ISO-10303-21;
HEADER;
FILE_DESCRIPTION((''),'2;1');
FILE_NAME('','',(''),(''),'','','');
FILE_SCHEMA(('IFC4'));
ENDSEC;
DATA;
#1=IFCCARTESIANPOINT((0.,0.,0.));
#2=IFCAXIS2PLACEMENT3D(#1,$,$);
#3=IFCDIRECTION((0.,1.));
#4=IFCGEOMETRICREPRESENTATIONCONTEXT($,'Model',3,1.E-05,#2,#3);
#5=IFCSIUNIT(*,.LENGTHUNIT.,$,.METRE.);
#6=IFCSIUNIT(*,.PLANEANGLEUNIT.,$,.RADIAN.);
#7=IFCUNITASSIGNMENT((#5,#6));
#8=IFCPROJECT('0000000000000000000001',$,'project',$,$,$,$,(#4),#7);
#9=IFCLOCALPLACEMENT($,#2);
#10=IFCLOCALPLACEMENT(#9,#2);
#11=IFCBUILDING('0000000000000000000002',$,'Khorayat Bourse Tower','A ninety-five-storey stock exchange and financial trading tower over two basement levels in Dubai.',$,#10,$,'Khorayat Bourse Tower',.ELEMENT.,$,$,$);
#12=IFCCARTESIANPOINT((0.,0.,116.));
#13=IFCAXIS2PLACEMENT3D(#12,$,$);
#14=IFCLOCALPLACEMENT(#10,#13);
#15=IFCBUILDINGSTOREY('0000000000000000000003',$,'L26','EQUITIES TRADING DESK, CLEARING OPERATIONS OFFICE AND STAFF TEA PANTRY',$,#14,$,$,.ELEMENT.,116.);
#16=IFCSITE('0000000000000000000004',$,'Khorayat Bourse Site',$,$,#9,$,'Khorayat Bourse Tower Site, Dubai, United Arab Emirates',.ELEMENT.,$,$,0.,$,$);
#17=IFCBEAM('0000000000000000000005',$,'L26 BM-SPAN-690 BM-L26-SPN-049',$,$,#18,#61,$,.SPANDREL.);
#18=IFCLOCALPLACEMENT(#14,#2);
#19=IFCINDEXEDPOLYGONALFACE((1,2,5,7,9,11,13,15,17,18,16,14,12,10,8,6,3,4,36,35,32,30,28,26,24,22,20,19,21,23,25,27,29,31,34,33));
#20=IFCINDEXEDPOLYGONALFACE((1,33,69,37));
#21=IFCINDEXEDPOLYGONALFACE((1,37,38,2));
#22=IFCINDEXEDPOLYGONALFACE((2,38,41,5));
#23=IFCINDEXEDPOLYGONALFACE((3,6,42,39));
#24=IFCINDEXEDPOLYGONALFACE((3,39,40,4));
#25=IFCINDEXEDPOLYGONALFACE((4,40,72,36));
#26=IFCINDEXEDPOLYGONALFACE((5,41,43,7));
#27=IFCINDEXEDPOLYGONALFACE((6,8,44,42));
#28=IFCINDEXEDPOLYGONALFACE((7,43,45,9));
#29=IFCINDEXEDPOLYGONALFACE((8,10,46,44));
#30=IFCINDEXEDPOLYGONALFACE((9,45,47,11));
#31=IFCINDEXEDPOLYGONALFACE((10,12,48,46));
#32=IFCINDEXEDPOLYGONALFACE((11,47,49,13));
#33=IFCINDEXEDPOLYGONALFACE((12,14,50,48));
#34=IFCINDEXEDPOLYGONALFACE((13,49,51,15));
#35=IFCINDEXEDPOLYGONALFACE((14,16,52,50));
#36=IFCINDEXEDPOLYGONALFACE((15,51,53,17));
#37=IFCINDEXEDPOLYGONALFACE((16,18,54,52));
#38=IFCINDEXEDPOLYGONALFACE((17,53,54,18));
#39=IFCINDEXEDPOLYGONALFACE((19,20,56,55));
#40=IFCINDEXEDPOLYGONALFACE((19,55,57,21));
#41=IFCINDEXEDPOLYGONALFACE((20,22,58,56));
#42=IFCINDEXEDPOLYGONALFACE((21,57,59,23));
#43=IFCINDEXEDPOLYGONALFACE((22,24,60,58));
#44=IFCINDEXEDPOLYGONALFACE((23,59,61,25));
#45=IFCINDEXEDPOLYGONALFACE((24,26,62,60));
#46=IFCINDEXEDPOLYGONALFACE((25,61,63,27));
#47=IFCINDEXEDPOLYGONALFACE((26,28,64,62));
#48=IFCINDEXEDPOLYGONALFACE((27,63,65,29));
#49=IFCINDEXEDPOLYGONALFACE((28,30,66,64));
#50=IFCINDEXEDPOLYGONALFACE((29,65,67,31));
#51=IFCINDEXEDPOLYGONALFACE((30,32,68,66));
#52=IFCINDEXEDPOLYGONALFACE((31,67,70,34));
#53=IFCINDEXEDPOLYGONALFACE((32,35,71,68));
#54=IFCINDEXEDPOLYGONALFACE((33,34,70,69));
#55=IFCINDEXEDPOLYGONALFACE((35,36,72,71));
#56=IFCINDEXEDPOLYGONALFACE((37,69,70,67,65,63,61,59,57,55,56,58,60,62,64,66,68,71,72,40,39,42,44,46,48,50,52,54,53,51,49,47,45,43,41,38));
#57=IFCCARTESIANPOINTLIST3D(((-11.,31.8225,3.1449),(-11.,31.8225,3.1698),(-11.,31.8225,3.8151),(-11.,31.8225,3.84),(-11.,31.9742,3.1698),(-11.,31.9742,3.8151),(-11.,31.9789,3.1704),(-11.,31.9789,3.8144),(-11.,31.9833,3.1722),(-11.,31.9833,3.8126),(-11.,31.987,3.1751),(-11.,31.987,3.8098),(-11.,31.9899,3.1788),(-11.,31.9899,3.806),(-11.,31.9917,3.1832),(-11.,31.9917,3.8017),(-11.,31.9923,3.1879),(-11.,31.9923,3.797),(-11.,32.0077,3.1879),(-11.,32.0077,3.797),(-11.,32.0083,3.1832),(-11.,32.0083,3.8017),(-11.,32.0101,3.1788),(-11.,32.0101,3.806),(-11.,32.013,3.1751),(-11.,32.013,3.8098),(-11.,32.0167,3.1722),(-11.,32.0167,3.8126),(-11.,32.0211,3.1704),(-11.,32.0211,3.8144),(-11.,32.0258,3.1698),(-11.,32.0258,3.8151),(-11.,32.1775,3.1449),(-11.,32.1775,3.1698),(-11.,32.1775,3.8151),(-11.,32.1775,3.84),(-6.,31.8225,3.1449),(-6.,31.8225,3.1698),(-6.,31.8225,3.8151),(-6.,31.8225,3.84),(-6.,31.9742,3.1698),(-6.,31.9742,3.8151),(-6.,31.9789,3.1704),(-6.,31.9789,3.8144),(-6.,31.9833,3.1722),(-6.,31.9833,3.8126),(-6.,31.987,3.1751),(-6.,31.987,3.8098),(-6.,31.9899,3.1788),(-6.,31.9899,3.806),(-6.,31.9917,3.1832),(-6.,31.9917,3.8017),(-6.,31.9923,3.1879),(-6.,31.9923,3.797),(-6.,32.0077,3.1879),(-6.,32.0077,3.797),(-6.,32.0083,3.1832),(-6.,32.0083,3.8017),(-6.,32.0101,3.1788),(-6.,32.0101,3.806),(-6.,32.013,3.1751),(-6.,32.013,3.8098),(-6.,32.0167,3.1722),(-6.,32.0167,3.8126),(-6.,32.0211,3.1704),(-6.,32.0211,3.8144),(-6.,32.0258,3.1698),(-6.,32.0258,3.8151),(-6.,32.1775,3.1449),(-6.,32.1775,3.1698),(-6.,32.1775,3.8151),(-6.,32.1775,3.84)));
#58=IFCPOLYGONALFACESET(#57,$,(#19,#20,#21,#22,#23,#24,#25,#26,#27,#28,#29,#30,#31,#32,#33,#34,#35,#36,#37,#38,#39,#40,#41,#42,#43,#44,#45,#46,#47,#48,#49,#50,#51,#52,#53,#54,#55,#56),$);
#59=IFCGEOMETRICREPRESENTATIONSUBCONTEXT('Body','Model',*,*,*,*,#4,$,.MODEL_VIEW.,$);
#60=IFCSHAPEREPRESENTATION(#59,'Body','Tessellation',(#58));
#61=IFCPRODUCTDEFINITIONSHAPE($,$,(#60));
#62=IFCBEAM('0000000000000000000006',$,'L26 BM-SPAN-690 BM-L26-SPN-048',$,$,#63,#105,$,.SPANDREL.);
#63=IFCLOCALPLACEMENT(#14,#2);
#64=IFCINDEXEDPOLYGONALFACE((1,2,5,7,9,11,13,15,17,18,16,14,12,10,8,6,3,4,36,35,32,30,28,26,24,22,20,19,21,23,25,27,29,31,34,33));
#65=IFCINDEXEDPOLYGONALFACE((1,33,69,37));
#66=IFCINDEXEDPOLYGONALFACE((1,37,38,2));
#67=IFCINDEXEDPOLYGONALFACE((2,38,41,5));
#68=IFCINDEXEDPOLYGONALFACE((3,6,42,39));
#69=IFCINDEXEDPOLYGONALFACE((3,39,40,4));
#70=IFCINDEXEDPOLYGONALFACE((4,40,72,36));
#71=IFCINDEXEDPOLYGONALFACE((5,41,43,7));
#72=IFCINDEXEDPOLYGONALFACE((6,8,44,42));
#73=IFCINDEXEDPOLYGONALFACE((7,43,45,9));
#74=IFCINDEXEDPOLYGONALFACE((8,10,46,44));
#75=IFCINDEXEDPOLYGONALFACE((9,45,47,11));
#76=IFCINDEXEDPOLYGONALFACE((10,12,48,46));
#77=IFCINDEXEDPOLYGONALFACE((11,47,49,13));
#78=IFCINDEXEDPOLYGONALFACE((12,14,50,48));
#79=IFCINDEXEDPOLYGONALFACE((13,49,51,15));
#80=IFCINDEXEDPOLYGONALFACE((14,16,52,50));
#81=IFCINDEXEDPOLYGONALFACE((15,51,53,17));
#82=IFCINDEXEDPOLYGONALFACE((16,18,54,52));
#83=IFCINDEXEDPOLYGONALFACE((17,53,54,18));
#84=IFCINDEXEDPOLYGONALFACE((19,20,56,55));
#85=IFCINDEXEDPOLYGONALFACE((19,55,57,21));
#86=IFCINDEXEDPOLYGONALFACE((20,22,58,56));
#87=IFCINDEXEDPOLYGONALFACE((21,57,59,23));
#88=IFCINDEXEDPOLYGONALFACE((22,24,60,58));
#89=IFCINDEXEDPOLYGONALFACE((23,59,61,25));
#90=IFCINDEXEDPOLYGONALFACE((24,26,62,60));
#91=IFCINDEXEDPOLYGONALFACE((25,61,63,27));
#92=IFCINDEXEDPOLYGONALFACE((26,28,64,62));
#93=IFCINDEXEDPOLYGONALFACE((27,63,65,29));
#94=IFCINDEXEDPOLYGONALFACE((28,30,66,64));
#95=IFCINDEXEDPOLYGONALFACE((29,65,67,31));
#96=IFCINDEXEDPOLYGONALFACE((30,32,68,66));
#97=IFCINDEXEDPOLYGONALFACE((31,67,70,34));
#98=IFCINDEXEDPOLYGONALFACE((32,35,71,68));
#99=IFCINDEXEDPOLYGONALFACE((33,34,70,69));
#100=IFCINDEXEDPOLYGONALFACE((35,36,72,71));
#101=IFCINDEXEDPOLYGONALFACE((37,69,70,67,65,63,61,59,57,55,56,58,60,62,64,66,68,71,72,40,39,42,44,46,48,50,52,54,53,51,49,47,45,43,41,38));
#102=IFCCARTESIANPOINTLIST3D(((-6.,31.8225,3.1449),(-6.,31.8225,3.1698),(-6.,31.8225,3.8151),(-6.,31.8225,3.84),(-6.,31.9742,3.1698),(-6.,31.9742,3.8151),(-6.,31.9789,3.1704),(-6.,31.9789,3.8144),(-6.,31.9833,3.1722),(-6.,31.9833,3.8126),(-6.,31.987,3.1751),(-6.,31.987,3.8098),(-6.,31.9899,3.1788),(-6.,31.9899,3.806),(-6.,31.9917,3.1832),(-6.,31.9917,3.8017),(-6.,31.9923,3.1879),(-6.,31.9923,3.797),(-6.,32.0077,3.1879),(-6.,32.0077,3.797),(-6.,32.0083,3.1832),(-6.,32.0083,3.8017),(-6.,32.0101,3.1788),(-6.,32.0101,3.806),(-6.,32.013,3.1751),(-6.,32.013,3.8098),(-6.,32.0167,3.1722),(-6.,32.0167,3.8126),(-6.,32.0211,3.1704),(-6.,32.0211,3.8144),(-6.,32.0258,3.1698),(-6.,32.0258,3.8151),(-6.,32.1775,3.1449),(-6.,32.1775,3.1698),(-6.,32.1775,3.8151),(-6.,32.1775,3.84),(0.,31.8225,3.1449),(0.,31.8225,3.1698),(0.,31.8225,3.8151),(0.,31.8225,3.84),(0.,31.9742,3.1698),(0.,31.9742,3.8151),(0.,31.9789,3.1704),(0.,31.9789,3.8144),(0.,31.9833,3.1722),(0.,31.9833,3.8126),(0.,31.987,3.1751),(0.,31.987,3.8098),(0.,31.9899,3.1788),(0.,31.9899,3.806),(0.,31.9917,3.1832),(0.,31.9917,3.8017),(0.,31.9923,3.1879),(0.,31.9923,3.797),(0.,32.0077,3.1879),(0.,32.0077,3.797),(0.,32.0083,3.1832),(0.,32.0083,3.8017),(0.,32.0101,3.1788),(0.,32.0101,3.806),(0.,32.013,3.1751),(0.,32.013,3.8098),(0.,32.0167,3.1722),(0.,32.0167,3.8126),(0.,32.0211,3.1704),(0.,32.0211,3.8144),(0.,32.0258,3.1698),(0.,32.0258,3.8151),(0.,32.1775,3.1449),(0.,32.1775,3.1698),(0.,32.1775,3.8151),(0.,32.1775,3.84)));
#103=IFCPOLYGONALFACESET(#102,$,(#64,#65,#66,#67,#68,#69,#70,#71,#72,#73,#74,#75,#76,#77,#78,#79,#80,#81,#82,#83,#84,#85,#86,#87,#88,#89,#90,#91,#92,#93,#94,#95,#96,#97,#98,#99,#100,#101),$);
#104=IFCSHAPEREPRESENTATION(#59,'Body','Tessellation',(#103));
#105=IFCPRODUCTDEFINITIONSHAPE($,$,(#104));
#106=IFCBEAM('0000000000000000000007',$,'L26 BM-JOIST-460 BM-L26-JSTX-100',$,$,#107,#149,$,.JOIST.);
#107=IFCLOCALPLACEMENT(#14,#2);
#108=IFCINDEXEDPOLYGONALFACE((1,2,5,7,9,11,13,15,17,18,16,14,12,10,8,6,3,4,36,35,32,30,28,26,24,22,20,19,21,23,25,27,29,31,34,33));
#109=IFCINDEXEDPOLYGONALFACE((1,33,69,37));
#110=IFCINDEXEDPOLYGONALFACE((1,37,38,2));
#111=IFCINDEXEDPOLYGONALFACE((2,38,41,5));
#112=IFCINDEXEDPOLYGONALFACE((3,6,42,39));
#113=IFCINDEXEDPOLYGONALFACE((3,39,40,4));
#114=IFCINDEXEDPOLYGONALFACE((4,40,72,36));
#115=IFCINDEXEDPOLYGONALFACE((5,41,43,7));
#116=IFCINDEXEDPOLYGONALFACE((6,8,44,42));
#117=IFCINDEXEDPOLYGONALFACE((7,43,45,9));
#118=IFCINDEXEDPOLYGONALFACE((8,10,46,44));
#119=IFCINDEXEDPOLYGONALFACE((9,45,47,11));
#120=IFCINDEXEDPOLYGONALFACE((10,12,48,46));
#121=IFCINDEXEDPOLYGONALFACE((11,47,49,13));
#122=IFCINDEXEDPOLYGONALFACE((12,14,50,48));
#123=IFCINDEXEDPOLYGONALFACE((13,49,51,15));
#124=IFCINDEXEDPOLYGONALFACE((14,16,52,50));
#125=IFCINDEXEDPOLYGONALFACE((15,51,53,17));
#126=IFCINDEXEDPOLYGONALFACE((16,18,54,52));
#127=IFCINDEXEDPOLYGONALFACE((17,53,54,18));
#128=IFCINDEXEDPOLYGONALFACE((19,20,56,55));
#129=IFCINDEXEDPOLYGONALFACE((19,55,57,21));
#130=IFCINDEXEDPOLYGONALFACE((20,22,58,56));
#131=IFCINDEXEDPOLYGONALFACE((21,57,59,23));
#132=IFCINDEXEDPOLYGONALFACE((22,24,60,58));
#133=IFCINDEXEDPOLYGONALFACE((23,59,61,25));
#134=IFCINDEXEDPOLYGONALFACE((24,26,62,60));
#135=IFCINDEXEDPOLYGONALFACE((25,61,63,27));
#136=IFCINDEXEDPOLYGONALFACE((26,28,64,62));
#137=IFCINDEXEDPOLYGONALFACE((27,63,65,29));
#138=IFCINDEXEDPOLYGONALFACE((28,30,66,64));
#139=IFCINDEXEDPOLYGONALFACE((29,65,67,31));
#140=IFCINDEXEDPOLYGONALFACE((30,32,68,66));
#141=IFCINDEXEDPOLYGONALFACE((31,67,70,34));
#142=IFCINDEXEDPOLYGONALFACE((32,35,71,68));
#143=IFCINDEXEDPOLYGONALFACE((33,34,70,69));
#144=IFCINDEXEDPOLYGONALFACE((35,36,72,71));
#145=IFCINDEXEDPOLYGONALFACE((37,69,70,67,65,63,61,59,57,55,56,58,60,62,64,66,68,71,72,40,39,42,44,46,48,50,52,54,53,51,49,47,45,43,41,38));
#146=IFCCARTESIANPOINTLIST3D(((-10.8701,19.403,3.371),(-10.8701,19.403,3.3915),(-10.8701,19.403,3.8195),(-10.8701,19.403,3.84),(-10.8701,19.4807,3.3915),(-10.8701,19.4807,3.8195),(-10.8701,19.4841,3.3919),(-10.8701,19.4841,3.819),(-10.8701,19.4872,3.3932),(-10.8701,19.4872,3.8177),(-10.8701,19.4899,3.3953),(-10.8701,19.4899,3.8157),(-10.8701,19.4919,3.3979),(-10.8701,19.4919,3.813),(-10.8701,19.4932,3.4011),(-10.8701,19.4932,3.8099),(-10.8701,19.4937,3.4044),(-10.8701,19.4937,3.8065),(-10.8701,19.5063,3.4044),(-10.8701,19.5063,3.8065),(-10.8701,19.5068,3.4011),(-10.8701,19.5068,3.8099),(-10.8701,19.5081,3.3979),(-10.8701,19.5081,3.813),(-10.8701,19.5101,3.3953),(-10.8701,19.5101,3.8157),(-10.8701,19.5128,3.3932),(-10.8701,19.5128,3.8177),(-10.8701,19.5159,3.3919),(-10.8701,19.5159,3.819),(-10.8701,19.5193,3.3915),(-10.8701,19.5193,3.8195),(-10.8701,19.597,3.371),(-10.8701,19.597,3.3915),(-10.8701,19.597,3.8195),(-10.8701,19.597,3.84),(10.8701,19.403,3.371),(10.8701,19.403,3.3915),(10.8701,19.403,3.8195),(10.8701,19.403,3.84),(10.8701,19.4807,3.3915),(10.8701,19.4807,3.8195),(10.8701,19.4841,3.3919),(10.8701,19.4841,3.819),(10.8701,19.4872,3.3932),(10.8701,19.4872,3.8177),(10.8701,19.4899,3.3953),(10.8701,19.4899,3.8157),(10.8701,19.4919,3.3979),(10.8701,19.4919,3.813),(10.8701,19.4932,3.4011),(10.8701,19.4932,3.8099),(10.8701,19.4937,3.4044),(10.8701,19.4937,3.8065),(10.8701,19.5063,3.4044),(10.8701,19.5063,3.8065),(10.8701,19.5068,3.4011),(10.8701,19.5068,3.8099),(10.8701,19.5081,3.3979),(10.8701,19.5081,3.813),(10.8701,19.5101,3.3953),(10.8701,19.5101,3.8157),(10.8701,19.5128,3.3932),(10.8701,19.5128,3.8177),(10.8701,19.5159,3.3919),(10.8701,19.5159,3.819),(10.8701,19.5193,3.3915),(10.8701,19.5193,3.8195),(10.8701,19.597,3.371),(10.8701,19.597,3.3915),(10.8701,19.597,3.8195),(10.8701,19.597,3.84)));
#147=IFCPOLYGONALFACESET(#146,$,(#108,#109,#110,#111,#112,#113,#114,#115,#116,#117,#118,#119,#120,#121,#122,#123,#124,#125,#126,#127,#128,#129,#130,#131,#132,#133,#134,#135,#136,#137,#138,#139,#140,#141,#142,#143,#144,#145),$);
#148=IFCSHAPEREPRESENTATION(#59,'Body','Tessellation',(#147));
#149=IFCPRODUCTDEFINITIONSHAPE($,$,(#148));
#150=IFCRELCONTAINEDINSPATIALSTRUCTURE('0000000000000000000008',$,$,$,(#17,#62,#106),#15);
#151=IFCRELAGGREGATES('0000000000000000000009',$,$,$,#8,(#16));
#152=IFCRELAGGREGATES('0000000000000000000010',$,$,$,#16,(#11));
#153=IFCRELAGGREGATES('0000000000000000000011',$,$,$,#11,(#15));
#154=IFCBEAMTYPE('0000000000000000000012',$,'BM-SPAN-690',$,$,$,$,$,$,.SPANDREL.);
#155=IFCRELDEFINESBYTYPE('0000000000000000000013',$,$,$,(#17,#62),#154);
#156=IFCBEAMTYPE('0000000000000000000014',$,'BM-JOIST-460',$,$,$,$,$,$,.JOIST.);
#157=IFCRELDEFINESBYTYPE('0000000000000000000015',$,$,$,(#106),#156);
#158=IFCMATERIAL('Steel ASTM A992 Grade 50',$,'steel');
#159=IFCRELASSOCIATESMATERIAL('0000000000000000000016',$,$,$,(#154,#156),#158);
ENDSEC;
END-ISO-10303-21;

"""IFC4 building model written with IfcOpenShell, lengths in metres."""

from ifc_helpers import new_model, si_unit, direction, frame, origin, origin_2d, place, context, subcontext, project, spatial, i_section, extrude, source, transform, mapped, material, material_profile, profile_set, type_object, element, save


model = new_model("IFC4")

# Units and contexts
model_context = context("Model", 3, precision=1e-05, world=origin(), true_north=direction((0.0, 1.0)))
body_context = subcontext(model_context, "Body", "Model", "MODEL_VIEW")
ifc_project = project(units=[si_unit("LENGTHUNIT", "METRE"), si_unit("PLANEANGLEUNIT", "RADIAN")], contexts=[model_context])

# Site, building, storey
site_placement = place(None, origin())
site = spatial("IfcSite", under=ifc_project, at=site_placement, Name="Khorayat Bourse Site", LongName="Khorayat Bourse Tower Site, Dubai, United Arab Emirates", CompositionType="ELEMENT", RefElevation=0.0)
building_placement = place(site_placement, origin())
building = spatial("IfcBuilding", under=site, at=building_placement, Name="Khorayat Bourse Tower", Description="A ninety-five-storey stock exchange and financial trading tower over two basement levels in Dubai.", LongName="Khorayat Bourse Tower", CompositionType="ELEMENT")
storey_placement = place(building_placement, frame((0.0, 0.0, 116.0)))
storey = spatial("IfcBuildingStorey", under=building, at=storey_placement, Name="L26", Description="EQUITIES TRADING DESK, CLEARING OPERATIONS OFFICE AND STAFF TEA PANTRY", CompositionType="ELEMENT", Elevation=116.0)

# Beams
ifc_material_1 = material(Name="Steel ASTM A992 Grade 50", Category="steel")
ifc_material_profile_1 = material_profile(ifc_material_1, i_section(OverallWidth=0.355, OverallDepth=0.6951, WebThickness=0.0154, FlangeThickness=0.0249, FilletRadius=0.0181, at=origin_2d()), Name="W690X217")
ifc_profile_set_1 = profile_set([ifc_material_profile_1], Name="Steel ASTM A992 Grade 50")
beam_type_1 = type_object("IfcBeamType", Name="BM-SPAN-690", PredefinedType="SPANDREL", material=ifc_profile_set_1)
shared_shape_1 = source(origin(), body_context, "Body", "SweptSolid", [
    extrude(i_section(OverallWidth=0.355, OverallDepth=0.6951, WebThickness=0.0154, FlangeThickness=0.0249, FilletRadius=0.0181, at=origin_2d()), origin(), (0.0, 0.0, 1.0), 5.0),
])
beam_1_placement = place(storey_placement, frame((-11.0, 32.0, 3.4924), z_axis=(1.0, 0.0, 0.0), x_axis=(0.0, 1.0, 0.0)))
element("IfcBeam", 1, at=beam_1_placement, inside=storey, type_object=beam_type_1, Name="L26 BM-SPAN-690 BM-L26-SPN-049", PredefinedType="SPANDREL", context=body_context, shape_type="MappedRepresentation", body=[
    mapped(shared_shape_1, transform((0.0, 0.0, 0.0), scale=1.0)),
])
shared_shape_2 = source(origin(), body_context, "Body", "SweptSolid", [
    extrude(i_section(OverallWidth=0.355, OverallDepth=0.6951, WebThickness=0.0154, FlangeThickness=0.0249, FilletRadius=0.0181, at=origin_2d()), origin(), (0.0, 0.0, 1.0), 6.0),
])
beam_2_placement = place(storey_placement, frame((-6.0, 32.0, 3.4924), z_axis=(1.0, 0.0, 0.0), x_axis=(0.0, 1.0, 0.0)))
element("IfcBeam", 2, at=beam_2_placement, inside=storey, type_object=beam_type_1, Name="L26 BM-SPAN-690 BM-L26-SPN-048", PredefinedType="SPANDREL", context=body_context, shape_type="MappedRepresentation", body=[
    mapped(shared_shape_2, transform((0.0, 0.0, 0.0), scale=1.0)),
])
ifc_material_profile_2 = material_profile(ifc_material_1, i_section(OverallWidth=0.1941, OverallDepth=0.469, WebThickness=0.0127, FlangeThickness=0.0205, FilletRadius=0.0129, at=origin_2d()), Name="W460X106")
ifc_profile_set_2 = profile_set([ifc_material_profile_2], Name="Steel ASTM A992 Grade 50")
beam_type_2 = type_object("IfcBeamType", Name="BM-JOIST-460", PredefinedType="JOIST", material=ifc_profile_set_2)
shared_shape_3 = source(origin(), body_context, "Body", "SweptSolid", [
    extrude(i_section(OverallWidth=0.1941, OverallDepth=0.469, WebThickness=0.0127, FlangeThickness=0.0205, FilletRadius=0.0129, at=origin_2d()), origin(), (0.0, 0.0, 1.0), 21.7402),
])
beam_3_placement = place(storey_placement, frame((-10.8701, 19.5, 3.6055), z_axis=(1.0, 0.0, 0.0), x_axis=(0.0, 1.0, 0.0)))
element("IfcBeam", 3, at=beam_3_placement, inside=storey, type_object=beam_type_2, Name="L26 BM-JOIST-460 BM-L26-JSTX-100", PredefinedType="JOIST", context=body_context, shape_type="MappedRepresentation", body=[
    mapped(shared_shape_3, transform((0.0, 0.0, 0.0), scale=1.0)),
])

save(model, "model.ifc")
